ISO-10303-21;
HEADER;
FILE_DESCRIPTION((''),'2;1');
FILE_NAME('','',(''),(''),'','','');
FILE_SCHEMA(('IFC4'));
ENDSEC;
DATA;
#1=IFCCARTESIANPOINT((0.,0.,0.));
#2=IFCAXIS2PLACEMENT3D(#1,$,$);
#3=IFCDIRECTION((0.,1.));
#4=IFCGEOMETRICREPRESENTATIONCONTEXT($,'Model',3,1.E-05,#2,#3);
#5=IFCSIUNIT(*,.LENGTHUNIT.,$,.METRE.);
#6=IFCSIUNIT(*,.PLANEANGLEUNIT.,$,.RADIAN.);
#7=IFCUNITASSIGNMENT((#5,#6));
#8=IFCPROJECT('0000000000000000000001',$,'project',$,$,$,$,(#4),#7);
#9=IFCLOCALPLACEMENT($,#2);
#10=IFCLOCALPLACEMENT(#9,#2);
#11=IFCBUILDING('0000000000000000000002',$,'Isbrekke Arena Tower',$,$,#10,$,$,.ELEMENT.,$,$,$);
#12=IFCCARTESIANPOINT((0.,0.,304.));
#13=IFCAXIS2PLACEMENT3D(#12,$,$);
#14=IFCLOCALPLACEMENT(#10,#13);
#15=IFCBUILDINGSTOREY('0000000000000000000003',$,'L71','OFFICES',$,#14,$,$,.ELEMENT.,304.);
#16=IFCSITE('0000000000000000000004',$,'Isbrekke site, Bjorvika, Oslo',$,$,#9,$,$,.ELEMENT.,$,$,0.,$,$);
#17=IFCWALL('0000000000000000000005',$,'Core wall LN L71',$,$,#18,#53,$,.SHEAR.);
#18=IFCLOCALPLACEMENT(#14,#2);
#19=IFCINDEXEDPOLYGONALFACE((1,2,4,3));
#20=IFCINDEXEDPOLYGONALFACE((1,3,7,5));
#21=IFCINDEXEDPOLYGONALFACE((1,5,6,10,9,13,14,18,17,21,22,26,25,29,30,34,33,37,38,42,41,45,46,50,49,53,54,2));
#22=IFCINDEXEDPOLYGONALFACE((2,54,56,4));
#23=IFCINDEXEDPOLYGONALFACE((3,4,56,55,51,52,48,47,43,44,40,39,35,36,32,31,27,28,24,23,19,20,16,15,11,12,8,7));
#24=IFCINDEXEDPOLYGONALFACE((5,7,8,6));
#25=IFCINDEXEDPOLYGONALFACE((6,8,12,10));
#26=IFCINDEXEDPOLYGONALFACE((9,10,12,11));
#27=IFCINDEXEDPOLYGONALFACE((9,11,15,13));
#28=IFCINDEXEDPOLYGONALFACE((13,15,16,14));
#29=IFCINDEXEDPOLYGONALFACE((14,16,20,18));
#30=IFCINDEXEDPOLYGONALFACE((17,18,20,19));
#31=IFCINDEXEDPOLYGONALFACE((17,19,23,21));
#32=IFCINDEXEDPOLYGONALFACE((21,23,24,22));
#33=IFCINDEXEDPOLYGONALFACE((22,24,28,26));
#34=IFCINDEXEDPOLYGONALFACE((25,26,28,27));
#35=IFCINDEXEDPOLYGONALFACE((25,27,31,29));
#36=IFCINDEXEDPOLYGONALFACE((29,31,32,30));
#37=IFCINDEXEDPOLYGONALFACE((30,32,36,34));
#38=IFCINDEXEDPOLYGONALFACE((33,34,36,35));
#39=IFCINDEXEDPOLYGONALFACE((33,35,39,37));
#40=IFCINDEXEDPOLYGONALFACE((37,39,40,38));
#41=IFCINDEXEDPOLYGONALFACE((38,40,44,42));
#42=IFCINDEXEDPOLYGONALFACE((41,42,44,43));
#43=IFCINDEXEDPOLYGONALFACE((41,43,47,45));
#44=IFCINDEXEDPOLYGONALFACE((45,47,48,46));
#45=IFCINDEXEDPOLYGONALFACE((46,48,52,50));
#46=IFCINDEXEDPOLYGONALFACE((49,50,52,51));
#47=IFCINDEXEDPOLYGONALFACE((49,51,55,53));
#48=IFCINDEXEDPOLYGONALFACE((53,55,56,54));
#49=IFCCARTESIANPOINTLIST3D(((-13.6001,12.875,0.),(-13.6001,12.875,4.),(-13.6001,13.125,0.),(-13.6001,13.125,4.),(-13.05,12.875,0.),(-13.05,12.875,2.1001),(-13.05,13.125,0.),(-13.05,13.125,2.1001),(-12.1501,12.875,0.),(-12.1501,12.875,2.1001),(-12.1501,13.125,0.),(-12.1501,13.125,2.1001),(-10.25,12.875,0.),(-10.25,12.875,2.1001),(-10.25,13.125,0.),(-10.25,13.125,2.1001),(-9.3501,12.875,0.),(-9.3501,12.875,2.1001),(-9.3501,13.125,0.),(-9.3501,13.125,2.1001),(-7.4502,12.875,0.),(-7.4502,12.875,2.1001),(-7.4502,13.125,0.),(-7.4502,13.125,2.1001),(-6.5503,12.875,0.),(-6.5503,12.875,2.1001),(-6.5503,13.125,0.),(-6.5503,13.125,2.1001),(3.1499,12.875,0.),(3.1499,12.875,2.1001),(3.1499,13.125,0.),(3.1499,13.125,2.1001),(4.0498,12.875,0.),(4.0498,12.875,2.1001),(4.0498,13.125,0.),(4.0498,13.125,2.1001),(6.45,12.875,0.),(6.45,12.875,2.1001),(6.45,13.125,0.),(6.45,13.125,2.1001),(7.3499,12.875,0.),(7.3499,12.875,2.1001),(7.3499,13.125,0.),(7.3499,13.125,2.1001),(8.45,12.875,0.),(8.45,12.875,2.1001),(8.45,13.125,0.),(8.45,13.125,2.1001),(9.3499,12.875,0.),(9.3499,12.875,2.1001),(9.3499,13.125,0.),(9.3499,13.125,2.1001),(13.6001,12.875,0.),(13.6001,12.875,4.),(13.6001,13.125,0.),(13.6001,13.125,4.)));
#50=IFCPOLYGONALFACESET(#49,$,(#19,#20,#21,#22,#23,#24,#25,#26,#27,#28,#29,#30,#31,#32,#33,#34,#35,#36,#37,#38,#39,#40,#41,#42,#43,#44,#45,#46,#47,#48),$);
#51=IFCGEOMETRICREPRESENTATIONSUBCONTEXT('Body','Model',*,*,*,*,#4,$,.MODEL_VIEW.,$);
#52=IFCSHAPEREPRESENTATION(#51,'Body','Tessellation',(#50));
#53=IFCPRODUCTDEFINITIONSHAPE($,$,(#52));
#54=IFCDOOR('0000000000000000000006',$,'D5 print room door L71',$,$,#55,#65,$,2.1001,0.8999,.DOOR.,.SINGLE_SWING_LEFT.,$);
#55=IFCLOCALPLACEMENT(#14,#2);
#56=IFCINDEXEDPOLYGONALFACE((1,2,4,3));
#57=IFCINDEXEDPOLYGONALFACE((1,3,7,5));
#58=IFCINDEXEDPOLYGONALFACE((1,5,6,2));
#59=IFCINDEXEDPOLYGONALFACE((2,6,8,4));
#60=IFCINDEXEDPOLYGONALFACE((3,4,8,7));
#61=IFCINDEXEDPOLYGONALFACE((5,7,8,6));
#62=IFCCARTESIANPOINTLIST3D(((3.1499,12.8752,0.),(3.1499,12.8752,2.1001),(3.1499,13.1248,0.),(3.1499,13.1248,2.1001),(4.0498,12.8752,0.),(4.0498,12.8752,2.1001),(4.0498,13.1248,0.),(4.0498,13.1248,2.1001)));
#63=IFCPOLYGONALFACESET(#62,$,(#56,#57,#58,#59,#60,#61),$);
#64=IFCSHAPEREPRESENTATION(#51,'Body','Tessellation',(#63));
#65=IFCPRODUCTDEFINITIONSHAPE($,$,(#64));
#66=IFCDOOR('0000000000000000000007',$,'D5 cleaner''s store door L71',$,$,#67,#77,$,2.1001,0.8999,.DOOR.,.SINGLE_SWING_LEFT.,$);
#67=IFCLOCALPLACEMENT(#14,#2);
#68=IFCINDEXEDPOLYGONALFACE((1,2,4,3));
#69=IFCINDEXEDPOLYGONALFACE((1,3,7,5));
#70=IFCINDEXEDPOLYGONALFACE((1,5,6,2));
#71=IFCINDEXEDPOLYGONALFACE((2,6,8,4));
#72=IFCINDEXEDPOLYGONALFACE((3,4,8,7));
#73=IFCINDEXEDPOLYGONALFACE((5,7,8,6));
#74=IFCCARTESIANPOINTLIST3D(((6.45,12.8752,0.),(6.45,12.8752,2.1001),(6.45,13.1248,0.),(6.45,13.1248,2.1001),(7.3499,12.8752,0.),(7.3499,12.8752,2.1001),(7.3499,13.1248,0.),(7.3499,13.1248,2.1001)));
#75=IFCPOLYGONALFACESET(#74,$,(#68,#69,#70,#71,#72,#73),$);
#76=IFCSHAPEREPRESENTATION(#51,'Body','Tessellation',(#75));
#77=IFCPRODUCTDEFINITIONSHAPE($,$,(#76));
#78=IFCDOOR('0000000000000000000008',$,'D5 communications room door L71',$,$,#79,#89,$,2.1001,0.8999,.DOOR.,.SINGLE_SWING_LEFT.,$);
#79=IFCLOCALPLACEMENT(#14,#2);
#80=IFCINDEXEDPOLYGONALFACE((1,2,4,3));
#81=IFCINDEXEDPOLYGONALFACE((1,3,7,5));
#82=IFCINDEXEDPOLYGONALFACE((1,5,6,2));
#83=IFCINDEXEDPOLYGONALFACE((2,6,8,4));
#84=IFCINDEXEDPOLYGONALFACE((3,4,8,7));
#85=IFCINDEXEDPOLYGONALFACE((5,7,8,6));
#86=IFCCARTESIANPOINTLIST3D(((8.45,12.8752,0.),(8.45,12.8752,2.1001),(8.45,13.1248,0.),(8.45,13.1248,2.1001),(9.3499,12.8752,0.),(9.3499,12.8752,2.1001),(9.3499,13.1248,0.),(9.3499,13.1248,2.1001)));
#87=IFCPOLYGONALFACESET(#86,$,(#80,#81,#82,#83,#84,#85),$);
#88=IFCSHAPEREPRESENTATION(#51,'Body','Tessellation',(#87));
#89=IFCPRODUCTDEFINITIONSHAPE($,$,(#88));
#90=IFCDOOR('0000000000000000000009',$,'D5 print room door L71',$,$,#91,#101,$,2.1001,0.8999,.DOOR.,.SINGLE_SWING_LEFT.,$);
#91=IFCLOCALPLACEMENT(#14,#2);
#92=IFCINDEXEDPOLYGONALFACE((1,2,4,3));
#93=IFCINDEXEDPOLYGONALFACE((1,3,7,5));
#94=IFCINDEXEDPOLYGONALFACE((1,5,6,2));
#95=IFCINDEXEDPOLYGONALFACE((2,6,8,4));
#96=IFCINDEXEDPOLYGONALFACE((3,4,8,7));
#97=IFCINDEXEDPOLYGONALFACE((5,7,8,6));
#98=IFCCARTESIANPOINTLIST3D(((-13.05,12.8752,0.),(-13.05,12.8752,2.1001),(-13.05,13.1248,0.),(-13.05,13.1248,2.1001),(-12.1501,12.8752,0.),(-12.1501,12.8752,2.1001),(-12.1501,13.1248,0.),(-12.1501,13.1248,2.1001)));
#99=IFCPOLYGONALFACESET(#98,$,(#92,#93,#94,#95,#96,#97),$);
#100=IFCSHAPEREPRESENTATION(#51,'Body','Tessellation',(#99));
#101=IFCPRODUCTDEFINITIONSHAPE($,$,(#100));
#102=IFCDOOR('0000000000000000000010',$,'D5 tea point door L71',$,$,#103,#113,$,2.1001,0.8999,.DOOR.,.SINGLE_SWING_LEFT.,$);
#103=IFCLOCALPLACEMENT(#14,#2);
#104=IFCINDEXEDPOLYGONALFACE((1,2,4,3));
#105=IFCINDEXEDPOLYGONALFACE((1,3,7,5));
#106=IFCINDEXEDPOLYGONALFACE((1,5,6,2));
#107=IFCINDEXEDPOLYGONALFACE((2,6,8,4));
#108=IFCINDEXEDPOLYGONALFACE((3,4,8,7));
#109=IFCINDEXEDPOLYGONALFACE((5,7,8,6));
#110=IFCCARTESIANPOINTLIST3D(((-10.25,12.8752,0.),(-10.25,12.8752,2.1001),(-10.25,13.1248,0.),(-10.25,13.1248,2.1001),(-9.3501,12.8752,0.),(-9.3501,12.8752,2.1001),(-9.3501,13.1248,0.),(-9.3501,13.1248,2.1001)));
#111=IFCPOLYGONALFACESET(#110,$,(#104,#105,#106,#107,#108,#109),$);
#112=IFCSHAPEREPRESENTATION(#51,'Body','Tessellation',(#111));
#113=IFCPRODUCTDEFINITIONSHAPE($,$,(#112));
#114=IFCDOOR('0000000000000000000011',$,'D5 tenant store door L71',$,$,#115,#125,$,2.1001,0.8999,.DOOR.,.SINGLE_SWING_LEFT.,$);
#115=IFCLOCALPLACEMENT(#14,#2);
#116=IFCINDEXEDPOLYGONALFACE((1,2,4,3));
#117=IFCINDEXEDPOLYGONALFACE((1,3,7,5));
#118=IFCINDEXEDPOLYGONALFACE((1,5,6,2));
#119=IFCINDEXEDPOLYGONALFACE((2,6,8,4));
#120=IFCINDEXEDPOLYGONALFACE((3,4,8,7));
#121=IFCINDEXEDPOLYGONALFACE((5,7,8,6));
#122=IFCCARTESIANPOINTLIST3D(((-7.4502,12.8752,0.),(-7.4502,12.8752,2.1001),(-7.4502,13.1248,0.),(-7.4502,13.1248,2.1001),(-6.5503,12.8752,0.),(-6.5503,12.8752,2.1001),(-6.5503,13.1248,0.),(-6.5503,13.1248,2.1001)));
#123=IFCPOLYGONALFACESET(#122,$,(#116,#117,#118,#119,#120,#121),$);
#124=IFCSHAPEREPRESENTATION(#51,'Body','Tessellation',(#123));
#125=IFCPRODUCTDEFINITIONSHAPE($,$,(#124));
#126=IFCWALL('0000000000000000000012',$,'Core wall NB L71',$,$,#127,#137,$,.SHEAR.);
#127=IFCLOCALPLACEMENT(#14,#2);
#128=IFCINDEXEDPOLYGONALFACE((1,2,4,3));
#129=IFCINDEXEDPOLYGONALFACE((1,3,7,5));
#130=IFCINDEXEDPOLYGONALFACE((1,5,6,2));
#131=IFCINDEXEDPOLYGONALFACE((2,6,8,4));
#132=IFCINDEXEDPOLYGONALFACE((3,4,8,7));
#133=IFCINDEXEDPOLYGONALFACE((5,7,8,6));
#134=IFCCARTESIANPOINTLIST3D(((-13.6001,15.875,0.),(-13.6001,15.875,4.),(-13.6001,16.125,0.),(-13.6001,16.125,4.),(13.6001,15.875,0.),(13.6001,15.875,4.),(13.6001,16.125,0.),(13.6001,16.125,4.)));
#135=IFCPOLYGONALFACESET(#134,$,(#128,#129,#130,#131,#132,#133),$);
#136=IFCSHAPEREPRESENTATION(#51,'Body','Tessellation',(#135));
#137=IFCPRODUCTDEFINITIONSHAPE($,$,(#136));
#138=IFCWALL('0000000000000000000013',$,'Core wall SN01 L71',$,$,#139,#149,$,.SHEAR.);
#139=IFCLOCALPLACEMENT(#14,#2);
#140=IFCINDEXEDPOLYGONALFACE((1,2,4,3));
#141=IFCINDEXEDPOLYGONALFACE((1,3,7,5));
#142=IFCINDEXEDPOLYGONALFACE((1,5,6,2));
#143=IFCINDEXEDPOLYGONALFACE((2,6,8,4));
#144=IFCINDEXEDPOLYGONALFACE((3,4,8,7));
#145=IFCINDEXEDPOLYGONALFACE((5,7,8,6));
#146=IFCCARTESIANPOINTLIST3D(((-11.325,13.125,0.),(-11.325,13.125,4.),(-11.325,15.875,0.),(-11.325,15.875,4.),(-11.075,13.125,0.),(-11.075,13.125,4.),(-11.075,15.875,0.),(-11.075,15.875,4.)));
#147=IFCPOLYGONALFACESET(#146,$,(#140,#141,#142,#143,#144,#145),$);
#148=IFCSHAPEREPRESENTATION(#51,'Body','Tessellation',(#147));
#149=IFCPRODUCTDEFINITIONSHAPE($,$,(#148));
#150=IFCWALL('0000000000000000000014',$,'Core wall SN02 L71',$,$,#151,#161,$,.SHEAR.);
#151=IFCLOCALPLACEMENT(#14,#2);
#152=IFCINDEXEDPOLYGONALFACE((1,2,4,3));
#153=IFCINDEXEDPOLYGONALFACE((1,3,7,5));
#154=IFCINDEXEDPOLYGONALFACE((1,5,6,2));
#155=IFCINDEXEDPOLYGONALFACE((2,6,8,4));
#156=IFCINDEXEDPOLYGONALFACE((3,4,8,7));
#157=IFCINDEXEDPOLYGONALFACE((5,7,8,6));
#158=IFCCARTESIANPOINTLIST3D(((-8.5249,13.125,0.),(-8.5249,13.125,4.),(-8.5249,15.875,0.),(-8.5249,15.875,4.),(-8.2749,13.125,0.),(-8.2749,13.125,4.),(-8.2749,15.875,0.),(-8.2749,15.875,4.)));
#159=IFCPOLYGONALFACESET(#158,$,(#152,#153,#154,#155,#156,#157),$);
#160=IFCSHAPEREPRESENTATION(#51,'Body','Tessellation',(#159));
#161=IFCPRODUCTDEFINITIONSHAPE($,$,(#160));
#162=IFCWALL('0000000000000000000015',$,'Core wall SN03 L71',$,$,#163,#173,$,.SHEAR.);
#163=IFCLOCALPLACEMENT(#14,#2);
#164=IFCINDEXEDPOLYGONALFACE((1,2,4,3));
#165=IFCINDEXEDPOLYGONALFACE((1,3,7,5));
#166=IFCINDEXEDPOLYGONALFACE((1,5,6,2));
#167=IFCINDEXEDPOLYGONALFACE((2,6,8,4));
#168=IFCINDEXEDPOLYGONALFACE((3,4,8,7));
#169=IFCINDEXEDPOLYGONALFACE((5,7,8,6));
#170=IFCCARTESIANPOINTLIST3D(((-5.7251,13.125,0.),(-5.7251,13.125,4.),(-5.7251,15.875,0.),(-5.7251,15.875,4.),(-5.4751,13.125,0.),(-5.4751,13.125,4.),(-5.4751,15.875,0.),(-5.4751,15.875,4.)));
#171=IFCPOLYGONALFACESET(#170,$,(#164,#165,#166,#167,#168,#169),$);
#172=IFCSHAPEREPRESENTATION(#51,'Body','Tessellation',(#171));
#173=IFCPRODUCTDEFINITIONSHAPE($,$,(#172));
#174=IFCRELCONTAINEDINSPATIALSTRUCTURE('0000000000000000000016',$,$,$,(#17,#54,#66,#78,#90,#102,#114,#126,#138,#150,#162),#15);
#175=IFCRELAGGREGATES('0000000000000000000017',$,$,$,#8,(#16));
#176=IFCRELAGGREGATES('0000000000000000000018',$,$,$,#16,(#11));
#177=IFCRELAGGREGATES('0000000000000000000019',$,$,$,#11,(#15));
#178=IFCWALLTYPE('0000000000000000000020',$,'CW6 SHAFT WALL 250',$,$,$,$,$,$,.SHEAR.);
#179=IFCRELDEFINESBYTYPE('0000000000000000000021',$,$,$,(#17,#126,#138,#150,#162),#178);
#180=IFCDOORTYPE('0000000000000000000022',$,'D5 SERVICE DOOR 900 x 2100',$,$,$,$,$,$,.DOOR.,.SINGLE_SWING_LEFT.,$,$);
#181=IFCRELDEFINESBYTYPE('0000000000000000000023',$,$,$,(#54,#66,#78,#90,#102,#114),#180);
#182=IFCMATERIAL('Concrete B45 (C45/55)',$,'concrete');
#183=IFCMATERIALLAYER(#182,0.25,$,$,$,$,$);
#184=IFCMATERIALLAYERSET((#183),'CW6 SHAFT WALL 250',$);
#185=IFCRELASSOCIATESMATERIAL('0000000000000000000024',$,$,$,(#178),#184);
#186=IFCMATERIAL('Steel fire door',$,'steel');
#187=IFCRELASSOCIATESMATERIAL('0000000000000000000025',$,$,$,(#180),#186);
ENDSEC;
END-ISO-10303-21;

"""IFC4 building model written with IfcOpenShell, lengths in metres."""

from ifc_helpers import new_model, si_unit, direction, frame, frame_2d, origin, place, context, subcontext, project, spatial, rectangle, extrude, material, layer, layer_set, type_object, element, fill, save


model = new_model("IFC4")

# Units and contexts
model_context = context("Model", 3, precision=1e-05, world=origin(), true_north=direction((0.0, 1.0)))
body_context = subcontext(model_context, "Body", "Model", "MODEL_VIEW")
ifc_project = project(units=[si_unit("LENGTHUNIT", "METRE"), si_unit("PLANEANGLEUNIT", "RADIAN")], contexts=[model_context])

# Site, building, storey
site_placement = place(None, origin())
site = spatial("IfcSite", under=ifc_project, at=site_placement, Name="Isbrekke site, Bjorvika, Oslo", CompositionType="ELEMENT", RefElevation=0.0)
building_placement = place(site_placement, origin())
building = spatial("IfcBuilding", under=site, at=building_placement, Name="Isbrekke Arena Tower", CompositionType="ELEMENT")
storey_placement = place(building_placement, frame((0.0, 0.0, 304.0)))
storey = spatial("IfcBuildingStorey", under=building, at=storey_placement, Name="L71", Description="OFFICES", CompositionType="ELEMENT", Elevation=304.0)

# Wall, openings, doors
ifc_material_1 = material(Name="Concrete B45 (C45/55)", Category="concrete")
ifc_layer_1 = layer(ifc_material_1, 0.25)
ifc_layer_set_1 = layer_set([ifc_layer_1], Name="CW6 SHAFT WALL 250")
wall_type_1 = type_object("IfcWallType", Name="CW6 SHAFT WALL 250", PredefinedType="SHEAR", material=ifc_layer_set_1)
wall_1_placement = place(storey_placement, frame((-13.6001, 13.0, 0.0), z_axis=(0.0, 0.0, 1.0), x_axis=(1.0, 0.0, 0.0)))
wall_1 = element("IfcWall", 1, at=wall_1_placement, inside=storey, type_object=wall_type_1, Name="Core wall LN L71", PredefinedType="SHEAR", context=body_context, shape_type="SweptSolid", body=[
    extrude(rectangle(XDim=27.2002, YDim=0.25, at=frame_2d((13.6001, 0.0))), origin(), (0.0, 0.0, 1.0), 4.0),
])
opening_1_placement = place(wall_1_placement, frame((16.75, 0.0, 0.0)))
opening_1 = element("IfcOpeningElement", 2, at=opening_1_placement, cuts=wall_1, PredefinedType="OPENING", context=body_context, shape_type="SweptSolid", body=[
    extrude(rectangle(XDim=0.8999, YDim=2.1001, at=frame_2d((0.45, 1.05))), frame((0.0, 0.1399, 0.0), z_axis=(0.0, -1.0, 0.0), x_axis=(1.0, 0.0, 0.0)), (0.0, 0.0, 1.0), 0.2798),
])
opening_2_placement = place(wall_1_placement, frame((20.05, 0.0, 0.0)))
opening_2 = element("IfcOpeningElement", 3, at=opening_2_placement, cuts=wall_1, PredefinedType="OPENING", context=body_context, shape_type="SweptSolid", body=[
    extrude(rectangle(XDim=0.8999, YDim=2.1001, at=frame_2d((0.45, 1.05))), frame((0.0, 0.1399, 0.0), z_axis=(0.0, -1.0, 0.0), x_axis=(1.0, 0.0, 0.0)), (0.0, 0.0, 1.0), 0.2798),
])
opening_3_placement = place(wall_1_placement, frame((22.05, 0.0, 0.0)))
opening_3 = element("IfcOpeningElement", 4, at=opening_3_placement, cuts=wall_1, PredefinedType="OPENING", context=body_context, shape_type="SweptSolid", body=[
    extrude(rectangle(XDim=0.8999, YDim=2.1001, at=frame_2d((0.45, 1.05))), frame((0.0, 0.1399, 0.0), z_axis=(0.0, -1.0, 0.0), x_axis=(1.0, 0.0, 0.0)), (0.0, 0.0, 1.0), 0.2798),
])
opening_4_placement = place(wall_1_placement, frame((0.55, 0.0, 0.0)))
opening_4 = element("IfcOpeningElement", 5, at=opening_4_placement, cuts=wall_1, PredefinedType="OPENING", context=body_context, shape_type="SweptSolid", body=[
    extrude(rectangle(XDim=0.8999, YDim=2.1001, at=frame_2d((0.45, 1.05))), frame((0.0, 0.1399, 0.0), z_axis=(0.0, -1.0, 0.0), x_axis=(1.0, 0.0, 0.0)), (0.0, 0.0, 1.0), 0.2798),
])
opening_5_placement = place(wall_1_placement, frame((3.3501, 0.0, 0.0)))
opening_5 = element("IfcOpeningElement", 6, at=opening_5_placement, cuts=wall_1, PredefinedType="OPENING", context=body_context, shape_type="SweptSolid", body=[
    extrude(rectangle(XDim=0.8999, YDim=2.1001, at=frame_2d((0.45, 1.05))), frame((0.0, 0.1399, 0.0), z_axis=(0.0, -1.0, 0.0), x_axis=(1.0, 0.0, 0.0)), (0.0, 0.0, 1.0), 0.2798),
])
opening_6_placement = place(wall_1_placement, frame((6.1499, 0.0, 0.0)))
opening_6 = element("IfcOpeningElement", 7, at=opening_6_placement, cuts=wall_1, PredefinedType="OPENING", context=body_context, shape_type="SweptSolid", body=[
    extrude(rectangle(XDim=0.8999, YDim=2.1001, at=frame_2d((0.45, 1.05))), frame((0.0, 0.1399, 0.0), z_axis=(0.0, -1.0, 0.0), x_axis=(1.0, 0.0, 0.0)), (0.0, 0.0, 1.0), 0.2798),
])
ifc_material_2 = material(Name="Steel fire door", Category="steel")
door_type_1 = type_object("IfcDoorType", Name="D5 SERVICE DOOR 900 x 2100", OperationType="SINGLE_SWING_LEFT", PredefinedType="DOOR", material=ifc_material_2)
door_1_placement = place(opening_1_placement, origin())
door_1 = element("IfcDoor", 8, at=door_1_placement, inside=storey, type_object=door_type_1, Name="D5 print room door L71", OperationType="SINGLE_SWING_LEFT", OverallHeight=2.1001, OverallWidth=0.8999, PredefinedType="DOOR", context=body_context, shape_type="SweptSolid", body=[
    extrude(rectangle(XDim=0.8999, YDim=2.1001, at=frame_2d((0.45, 1.05))), frame((0.0, 0.1248, 0.0), z_axis=(0.0, -1.0, 0.0), x_axis=(1.0, 0.0, 0.0)), (0.0, 0.0, 1.0), 0.2495),
])
fill(opening_1, door_1)
door_2_placement = place(opening_2_placement, origin())
door_2 = element("IfcDoor", 9, at=door_2_placement, inside=storey, type_object=door_type_1, Name="D5 cleaner's store door L71", OperationType="SINGLE_SWING_LEFT", OverallHeight=2.1001, OverallWidth=0.8999, PredefinedType="DOOR", context=body_context, shape_type="SweptSolid", body=[
    extrude(rectangle(XDim=0.8999, YDim=2.1001, at=frame_2d((0.45, 1.05))), frame((0.0, 0.1248, 0.0), z_axis=(0.0, -1.0, 0.0), x_axis=(1.0, 0.0, 0.0)), (0.0, 0.0, 1.0), 0.2495),
])
fill(opening_2, door_2)
door_3_placement = place(opening_3_placement, origin())
door_3 = element("IfcDoor", 10, at=door_3_placement, inside=storey, type_object=door_type_1, Name="D5 communications room door L71", OperationType="SINGLE_SWING_LEFT", OverallHeight=2.1001, OverallWidth=0.8999, PredefinedType="DOOR", context=body_context, shape_type="SweptSolid", body=[
    extrude(rectangle(XDim=0.8999, YDim=2.1001, at=frame_2d((0.45, 1.05))), frame((0.0, 0.1248, 0.0), z_axis=(0.0, -1.0, 0.0), x_axis=(1.0, 0.0, 0.0)), (0.0, 0.0, 1.0), 0.2495),
])
fill(opening_3, door_3)
door_4_placement = place(opening_4_placement, origin())
door_4 = element("IfcDoor", 11, at=door_4_placement, inside=storey, type_object=door_type_1, Name="D5 print room door L71", OperationType="SINGLE_SWING_LEFT", OverallHeight=2.1001, OverallWidth=0.8999, PredefinedType="DOOR", context=body_context, shape_type="SweptSolid", body=[
    extrude(rectangle(XDim=0.8999, YDim=2.1001, at=frame_2d((0.45, 1.05))), frame((0.0, 0.1248, 0.0), z_axis=(0.0, -1.0, 0.0), x_axis=(1.0, 0.0, 0.0)), (0.0, 0.0, 1.0), 0.2495),
])
fill(opening_4, door_4)
door_5_placement = place(opening_5_placement, origin())
door_5 = element("IfcDoor", 12, at=door_5_placement, inside=storey, type_object=door_type_1, Name="D5 tea point door L71", OperationType="SINGLE_SWING_LEFT", OverallHeight=2.1001, OverallWidth=0.8999, PredefinedType="DOOR", context=body_context, shape_type="SweptSolid", body=[
    extrude(rectangle(XDim=0.8999, YDim=2.1001, at=frame_2d((0.45, 1.05))), frame((0.0, 0.1248, 0.0), z_axis=(0.0, -1.0, 0.0), x_axis=(1.0, 0.0, 0.0)), (0.0, 0.0, 1.0), 0.2495),
])
fill(opening_5, door_5)
door_6_placement = place(opening_6_placement, origin())
door_6 = element("IfcDoor", 13, at=door_6_placement, inside=storey, type_object=door_type_1, Name="D5 tenant store door L71", OperationType="SINGLE_SWING_LEFT", OverallHeight=2.1001, OverallWidth=0.8999, PredefinedType="DOOR", context=body_context, shape_type="SweptSolid", body=[
    extrude(rectangle(XDim=0.8999, YDim=2.1001, at=frame_2d((0.45, 1.05))), frame((0.0, 0.1248, 0.0), z_axis=(0.0, -1.0, 0.0), x_axis=(1.0, 0.0, 0.0)), (0.0, 0.0, 1.0), 0.2495),
])
fill(opening_6, door_6)

# Walls
wall_2_placement = place(storey_placement, frame((-13.6001, 16.0, 0.0), z_axis=(0.0, 0.0, 1.0), x_axis=(1.0, 0.0, 0.0)))
element("IfcWall", 14, at=wall_2_placement, inside=storey, type_object=wall_type_1, Name="Core wall NB L71", PredefinedType="SHEAR", context=body_context, shape_type="SweptSolid", body=[
    extrude(rectangle(XDim=27.2002, YDim=0.25, at=frame_2d((13.6001, 0.0))), origin(), (0.0, 0.0, 1.0), 4.0),
])
for number, where, z_axis, x_axis, name in (
    (15, (-11.2, 13.125, 0.0), (0.0, 0.0, 1.0), (0.0, 1.0, 0.0), "Core wall SN01 L71"),
    (16, (-8.3999, 13.125, 0.0), (0.0, 0.0, 1.0), (0.0, 1.0, 0.0), "Core wall SN02 L71"),
    (17, (-5.6001, 13.125, 0.0), (0.0, 0.0, 1.0), (0.0, 1.0, 0.0), "Core wall SN03 L71"),
):
    element("IfcWall", number, at=place(storey_placement, frame(where, z_axis=z_axis, x_axis=x_axis)), inside=storey, type_object=wall_type_1, Name=name, PredefinedType="SHEAR", context=body_context, shape_type="SweptSolid", body=[
        extrude(rectangle(XDim=2.75, YDim=0.25, at=frame_2d((1.375, 0.0))), origin(), (0.0, 0.0, 1.0), 4.0),
    ])

save(model, "model.ifc")
